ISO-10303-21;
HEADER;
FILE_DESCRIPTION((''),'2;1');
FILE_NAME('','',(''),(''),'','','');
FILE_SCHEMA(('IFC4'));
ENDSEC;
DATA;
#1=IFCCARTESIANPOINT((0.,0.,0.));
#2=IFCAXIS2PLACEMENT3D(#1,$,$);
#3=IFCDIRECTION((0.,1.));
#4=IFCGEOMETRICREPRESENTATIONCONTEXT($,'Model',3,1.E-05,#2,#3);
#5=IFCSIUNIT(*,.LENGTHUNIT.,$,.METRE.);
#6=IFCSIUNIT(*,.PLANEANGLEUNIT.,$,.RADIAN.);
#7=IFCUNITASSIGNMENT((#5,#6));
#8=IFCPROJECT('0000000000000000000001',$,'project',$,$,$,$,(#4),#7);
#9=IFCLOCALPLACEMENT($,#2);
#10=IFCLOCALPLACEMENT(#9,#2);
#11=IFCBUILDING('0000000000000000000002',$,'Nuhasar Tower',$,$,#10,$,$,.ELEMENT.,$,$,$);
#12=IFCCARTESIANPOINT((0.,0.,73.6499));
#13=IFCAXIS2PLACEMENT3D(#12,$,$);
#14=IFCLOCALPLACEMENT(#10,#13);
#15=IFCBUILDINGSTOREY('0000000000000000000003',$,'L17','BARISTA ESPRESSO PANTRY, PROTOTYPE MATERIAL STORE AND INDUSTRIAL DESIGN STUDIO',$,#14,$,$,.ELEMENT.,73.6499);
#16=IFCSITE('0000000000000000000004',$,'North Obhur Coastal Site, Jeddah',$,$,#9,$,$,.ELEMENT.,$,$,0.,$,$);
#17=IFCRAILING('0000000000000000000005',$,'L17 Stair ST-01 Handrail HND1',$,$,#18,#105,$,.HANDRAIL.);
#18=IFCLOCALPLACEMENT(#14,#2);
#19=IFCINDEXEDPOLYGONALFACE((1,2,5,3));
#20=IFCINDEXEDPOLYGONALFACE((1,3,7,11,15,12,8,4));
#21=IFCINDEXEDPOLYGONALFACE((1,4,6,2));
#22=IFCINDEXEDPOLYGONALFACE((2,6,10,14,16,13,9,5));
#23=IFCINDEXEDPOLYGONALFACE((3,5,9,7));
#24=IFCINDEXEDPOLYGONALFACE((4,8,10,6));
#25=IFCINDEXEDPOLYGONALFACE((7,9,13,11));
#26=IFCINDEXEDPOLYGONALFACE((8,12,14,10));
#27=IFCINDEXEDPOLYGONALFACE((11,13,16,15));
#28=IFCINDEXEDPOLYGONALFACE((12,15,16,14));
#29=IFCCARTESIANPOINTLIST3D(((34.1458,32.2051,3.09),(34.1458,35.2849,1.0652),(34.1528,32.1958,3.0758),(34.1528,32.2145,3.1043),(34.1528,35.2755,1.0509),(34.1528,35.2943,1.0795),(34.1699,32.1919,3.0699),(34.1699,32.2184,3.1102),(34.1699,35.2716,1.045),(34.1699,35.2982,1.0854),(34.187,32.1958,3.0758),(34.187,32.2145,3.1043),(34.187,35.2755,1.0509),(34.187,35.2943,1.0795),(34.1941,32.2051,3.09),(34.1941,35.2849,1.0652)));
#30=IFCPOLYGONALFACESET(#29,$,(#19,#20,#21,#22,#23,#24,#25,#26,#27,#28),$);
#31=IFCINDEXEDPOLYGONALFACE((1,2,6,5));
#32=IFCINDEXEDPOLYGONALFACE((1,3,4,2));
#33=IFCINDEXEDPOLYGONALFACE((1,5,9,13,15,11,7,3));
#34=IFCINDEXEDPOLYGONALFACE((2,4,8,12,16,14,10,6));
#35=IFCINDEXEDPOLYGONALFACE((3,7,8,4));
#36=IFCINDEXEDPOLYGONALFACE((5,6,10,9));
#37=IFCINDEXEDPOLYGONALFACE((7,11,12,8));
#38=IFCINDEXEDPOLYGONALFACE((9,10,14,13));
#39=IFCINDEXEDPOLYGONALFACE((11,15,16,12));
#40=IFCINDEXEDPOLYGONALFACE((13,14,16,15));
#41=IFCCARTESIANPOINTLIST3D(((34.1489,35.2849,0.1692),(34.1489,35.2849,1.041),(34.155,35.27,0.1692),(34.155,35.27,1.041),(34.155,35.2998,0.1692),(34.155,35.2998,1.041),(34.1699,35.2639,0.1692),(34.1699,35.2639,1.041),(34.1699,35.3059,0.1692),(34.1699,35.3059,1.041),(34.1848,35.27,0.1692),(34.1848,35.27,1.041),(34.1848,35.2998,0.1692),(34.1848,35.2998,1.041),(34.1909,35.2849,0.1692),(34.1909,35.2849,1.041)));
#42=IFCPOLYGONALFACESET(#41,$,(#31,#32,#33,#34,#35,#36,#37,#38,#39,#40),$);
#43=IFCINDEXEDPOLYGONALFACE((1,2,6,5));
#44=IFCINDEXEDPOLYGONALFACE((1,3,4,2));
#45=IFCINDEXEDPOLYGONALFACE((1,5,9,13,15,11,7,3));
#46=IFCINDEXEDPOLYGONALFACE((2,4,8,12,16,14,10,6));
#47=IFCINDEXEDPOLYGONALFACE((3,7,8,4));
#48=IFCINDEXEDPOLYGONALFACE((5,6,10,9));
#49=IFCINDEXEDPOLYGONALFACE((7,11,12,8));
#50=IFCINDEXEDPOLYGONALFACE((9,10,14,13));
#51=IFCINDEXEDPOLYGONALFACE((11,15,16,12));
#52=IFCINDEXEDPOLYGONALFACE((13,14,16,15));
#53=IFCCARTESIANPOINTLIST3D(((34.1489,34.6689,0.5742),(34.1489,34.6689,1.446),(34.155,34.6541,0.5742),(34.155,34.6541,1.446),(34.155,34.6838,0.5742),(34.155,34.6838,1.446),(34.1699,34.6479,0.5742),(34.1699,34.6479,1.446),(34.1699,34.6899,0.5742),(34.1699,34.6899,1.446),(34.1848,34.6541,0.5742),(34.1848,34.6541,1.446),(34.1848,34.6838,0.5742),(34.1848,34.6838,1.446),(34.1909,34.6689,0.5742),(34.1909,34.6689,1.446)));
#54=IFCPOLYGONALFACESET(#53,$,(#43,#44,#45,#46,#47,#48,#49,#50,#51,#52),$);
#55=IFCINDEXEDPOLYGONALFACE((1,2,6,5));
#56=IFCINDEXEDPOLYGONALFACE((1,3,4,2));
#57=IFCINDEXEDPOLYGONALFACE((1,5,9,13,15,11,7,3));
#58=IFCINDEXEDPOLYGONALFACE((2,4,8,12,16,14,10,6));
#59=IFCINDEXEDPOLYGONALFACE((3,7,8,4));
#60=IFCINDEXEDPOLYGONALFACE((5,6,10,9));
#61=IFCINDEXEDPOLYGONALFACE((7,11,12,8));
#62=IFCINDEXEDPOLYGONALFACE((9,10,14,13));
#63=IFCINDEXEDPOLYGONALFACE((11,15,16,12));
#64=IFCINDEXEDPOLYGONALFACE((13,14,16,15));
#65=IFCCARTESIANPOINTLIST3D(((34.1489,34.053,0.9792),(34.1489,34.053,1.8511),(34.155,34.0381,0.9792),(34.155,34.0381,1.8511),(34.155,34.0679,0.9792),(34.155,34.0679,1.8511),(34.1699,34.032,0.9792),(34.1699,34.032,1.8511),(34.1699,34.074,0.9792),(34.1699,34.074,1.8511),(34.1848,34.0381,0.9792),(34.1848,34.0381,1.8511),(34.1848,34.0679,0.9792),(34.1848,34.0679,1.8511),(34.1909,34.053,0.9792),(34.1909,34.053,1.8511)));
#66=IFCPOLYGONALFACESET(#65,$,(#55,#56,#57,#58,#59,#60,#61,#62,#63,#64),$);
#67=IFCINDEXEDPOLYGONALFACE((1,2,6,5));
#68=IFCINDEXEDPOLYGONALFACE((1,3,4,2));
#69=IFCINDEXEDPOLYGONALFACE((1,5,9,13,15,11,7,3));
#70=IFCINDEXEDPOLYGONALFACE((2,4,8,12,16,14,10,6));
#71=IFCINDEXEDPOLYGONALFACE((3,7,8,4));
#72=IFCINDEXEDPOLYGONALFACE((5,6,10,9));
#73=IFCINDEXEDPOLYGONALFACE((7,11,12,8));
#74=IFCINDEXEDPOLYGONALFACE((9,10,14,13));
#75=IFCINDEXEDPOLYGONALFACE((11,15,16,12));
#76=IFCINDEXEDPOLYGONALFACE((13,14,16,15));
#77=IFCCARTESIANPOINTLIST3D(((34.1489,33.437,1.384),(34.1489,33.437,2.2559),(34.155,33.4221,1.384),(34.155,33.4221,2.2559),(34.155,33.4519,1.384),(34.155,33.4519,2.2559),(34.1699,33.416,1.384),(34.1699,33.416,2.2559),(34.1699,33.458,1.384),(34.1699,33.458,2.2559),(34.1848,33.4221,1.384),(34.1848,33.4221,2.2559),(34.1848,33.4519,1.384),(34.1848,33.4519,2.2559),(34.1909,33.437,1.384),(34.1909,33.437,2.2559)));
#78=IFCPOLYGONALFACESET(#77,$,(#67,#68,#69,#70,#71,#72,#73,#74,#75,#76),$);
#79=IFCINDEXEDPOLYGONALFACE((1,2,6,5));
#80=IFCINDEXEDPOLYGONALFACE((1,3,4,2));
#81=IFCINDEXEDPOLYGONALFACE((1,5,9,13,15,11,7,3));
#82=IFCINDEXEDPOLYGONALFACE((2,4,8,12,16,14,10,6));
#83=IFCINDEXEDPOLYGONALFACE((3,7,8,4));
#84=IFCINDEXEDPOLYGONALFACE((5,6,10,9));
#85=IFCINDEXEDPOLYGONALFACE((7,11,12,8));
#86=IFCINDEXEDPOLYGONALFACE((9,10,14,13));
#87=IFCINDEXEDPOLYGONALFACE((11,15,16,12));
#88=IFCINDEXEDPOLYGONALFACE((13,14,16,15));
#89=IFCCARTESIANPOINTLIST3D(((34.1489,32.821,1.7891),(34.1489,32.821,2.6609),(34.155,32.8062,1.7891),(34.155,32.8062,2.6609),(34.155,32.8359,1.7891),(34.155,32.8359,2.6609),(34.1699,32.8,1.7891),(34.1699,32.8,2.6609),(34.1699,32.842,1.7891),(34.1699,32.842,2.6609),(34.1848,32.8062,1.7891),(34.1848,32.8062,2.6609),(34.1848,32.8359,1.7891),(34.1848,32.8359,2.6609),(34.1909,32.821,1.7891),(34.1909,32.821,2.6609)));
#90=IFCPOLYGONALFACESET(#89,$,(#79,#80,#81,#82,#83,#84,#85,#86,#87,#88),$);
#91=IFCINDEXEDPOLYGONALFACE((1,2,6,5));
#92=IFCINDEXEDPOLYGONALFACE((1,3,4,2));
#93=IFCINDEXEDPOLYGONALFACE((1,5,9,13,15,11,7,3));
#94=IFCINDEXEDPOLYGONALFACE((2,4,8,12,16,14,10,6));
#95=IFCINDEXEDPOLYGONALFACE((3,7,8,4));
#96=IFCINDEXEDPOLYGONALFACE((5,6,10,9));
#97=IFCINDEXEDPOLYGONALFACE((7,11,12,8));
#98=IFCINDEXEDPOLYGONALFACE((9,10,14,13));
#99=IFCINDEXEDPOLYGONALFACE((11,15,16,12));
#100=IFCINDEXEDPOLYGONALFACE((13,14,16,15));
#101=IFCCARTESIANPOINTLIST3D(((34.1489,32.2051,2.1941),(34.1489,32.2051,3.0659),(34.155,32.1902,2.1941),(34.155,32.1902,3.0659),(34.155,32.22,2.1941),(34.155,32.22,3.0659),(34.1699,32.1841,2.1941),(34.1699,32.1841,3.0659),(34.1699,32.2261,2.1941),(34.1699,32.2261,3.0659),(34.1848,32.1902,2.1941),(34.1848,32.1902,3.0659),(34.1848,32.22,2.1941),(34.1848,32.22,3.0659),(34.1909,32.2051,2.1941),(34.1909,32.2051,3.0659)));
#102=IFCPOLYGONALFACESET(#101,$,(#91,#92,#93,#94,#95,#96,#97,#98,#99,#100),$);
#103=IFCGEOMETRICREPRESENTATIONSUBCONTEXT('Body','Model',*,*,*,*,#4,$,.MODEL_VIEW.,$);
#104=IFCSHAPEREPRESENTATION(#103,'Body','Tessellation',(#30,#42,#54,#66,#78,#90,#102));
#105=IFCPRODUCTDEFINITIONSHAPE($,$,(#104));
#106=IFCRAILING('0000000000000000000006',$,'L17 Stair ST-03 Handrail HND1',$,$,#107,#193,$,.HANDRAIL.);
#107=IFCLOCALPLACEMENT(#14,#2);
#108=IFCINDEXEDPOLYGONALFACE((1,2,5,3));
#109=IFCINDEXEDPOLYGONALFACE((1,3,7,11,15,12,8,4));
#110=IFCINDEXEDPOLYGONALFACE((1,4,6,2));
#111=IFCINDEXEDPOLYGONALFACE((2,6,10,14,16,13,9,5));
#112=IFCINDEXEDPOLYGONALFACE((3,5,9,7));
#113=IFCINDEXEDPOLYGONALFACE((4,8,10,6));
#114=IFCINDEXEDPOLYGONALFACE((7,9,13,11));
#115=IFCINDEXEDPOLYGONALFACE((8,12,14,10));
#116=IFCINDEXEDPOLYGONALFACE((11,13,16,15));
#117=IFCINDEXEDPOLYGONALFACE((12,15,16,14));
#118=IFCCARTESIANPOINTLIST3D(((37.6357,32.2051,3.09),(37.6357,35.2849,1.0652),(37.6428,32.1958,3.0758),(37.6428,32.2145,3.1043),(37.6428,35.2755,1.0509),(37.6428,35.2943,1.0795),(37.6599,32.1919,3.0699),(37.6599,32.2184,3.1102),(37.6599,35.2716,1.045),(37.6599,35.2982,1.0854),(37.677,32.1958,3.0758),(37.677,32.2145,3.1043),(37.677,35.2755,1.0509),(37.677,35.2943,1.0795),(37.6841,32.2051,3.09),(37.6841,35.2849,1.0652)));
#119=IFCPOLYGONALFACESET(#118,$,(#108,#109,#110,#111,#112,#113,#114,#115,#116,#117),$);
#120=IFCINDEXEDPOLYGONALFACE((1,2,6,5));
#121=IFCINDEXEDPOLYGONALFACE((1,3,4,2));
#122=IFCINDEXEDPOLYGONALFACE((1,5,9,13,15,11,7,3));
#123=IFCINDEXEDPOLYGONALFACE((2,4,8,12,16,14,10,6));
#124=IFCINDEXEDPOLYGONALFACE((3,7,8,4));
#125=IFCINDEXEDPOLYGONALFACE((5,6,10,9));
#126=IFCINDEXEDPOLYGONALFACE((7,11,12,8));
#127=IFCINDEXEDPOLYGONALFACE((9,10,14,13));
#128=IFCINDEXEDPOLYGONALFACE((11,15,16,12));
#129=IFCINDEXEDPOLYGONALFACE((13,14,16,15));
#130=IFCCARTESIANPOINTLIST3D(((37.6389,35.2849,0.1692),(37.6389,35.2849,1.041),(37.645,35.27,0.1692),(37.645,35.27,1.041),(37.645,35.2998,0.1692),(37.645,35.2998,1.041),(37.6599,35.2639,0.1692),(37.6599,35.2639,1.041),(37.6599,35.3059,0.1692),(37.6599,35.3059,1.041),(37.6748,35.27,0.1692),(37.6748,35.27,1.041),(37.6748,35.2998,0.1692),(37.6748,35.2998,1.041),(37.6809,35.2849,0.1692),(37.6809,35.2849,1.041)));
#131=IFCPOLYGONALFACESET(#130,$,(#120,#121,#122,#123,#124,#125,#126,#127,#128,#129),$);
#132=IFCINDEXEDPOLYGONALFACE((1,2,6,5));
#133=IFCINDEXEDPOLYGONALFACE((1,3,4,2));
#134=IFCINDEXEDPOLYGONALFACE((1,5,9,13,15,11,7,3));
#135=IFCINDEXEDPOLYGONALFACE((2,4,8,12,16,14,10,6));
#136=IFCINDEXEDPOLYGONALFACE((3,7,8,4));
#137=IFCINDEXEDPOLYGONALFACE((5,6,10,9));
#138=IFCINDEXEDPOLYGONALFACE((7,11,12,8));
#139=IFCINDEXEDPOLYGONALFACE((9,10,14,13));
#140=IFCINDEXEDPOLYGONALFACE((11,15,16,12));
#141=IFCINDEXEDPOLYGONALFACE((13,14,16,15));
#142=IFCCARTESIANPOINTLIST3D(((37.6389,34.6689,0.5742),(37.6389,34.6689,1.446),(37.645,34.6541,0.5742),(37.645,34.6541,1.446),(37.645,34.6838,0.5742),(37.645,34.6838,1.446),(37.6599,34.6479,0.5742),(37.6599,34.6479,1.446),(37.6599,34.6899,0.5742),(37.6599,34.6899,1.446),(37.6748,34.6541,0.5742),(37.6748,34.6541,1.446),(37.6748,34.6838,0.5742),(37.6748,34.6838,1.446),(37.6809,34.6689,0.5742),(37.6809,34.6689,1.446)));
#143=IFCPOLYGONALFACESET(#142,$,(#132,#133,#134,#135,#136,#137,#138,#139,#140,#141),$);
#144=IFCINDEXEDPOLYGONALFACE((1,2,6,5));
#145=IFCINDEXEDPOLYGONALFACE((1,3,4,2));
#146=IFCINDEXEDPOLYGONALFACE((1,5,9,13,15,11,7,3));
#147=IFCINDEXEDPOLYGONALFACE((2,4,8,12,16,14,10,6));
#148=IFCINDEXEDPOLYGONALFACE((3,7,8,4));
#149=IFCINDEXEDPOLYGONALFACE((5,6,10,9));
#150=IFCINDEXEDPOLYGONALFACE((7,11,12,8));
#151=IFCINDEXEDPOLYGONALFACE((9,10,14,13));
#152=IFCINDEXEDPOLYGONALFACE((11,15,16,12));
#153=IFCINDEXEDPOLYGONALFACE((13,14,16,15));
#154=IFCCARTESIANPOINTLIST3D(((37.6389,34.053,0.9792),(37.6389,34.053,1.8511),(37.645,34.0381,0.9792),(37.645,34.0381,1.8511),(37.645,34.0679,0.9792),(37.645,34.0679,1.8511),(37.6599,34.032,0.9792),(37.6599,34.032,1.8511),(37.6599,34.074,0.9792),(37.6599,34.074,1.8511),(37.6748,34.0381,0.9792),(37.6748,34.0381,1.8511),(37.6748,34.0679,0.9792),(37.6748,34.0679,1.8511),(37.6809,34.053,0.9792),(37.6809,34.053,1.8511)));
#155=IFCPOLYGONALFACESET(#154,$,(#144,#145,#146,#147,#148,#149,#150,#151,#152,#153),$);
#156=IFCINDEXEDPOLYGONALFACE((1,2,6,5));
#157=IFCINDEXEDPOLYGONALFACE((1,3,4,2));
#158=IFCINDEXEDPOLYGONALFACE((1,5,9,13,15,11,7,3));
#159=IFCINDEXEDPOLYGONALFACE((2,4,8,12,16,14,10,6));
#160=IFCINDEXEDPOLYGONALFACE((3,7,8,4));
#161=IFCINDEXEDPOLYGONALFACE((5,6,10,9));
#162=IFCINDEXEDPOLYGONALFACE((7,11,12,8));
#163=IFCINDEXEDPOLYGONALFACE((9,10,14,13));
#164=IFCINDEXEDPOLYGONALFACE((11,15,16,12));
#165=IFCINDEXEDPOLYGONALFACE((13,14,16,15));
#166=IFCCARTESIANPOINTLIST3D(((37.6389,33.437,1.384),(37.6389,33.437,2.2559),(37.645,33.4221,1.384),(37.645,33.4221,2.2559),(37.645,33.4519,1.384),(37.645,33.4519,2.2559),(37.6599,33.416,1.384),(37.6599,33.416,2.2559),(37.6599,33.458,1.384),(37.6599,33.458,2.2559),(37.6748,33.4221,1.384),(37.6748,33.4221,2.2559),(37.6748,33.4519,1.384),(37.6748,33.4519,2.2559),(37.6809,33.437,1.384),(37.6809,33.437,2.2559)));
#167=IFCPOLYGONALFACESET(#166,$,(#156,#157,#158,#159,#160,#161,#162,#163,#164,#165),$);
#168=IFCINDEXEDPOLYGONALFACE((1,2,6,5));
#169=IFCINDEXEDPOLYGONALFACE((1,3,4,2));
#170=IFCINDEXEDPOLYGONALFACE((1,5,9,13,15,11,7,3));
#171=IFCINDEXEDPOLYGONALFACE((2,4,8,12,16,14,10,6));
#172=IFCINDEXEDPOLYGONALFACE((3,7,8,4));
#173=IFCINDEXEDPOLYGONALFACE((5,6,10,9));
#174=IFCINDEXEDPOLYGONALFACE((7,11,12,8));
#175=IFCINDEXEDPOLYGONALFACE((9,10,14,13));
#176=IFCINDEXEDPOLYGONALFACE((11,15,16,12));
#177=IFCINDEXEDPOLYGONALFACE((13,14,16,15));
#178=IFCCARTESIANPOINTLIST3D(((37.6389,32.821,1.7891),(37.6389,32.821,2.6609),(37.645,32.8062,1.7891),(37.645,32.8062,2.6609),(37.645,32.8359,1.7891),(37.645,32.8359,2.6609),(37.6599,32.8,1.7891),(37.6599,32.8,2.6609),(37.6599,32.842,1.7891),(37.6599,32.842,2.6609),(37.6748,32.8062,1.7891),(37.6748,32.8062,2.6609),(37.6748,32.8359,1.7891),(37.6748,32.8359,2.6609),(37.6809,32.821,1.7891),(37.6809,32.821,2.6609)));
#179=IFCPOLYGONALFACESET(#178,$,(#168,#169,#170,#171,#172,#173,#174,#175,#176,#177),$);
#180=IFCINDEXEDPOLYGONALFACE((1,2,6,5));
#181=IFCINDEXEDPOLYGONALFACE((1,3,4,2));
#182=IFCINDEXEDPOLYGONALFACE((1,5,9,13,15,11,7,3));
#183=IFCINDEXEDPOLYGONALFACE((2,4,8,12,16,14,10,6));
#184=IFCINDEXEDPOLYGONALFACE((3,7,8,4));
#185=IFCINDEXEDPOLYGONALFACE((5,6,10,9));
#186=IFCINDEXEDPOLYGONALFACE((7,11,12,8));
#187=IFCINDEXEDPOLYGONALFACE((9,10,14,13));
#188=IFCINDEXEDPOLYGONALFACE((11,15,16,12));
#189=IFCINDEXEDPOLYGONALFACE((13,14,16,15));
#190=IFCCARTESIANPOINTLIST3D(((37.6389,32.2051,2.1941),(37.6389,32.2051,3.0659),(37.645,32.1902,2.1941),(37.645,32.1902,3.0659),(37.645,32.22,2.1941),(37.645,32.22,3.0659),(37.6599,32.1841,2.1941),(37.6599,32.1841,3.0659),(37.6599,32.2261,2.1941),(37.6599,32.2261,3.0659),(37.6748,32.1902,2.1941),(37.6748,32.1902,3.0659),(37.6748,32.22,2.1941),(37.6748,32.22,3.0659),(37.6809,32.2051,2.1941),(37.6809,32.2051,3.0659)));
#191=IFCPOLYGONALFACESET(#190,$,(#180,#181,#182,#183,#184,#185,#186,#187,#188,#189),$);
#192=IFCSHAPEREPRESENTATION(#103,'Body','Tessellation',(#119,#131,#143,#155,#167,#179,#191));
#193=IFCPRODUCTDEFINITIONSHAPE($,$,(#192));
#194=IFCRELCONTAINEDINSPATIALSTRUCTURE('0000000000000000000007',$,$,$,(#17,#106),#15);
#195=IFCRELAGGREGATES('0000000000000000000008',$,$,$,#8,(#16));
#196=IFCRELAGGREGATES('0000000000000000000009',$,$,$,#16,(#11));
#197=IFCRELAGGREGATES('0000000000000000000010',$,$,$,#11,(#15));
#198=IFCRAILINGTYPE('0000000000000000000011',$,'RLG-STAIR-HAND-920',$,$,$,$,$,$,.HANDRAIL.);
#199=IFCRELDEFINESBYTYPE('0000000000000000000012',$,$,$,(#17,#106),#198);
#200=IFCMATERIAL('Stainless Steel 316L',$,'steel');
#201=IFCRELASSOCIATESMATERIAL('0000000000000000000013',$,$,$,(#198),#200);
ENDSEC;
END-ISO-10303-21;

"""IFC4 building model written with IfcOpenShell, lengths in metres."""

from ifc_helpers import new_model, si_unit, direction, frame, origin, place, context, subcontext, project, spatial, polyline, outline, extrude, material, type_object, element, save


model = new_model("IFC4")

# Units and contexts
model_context = context("Model", 3, precision=1e-05, world=origin(), true_north=direction((0.0, 1.0)))
body_context = subcontext(model_context, "Body", "Model", "MODEL_VIEW")
ifc_project = project(units=[si_unit("LENGTHUNIT", "METRE"), si_unit("PLANEANGLEUNIT", "RADIAN")], contexts=[model_context])

# Site, building, storey
site_placement = place(None, origin())
site = spatial("IfcSite", under=ifc_project, at=site_placement, Name="North Obhur Coastal Site, Jeddah", CompositionType="ELEMENT", RefElevation=0.0)
building_placement = place(site_placement, origin())
building = spatial("IfcBuilding", under=site, at=building_placement, Name="Nuhasar Tower", CompositionType="ELEMENT")
storey_placement = place(building_placement, frame((0.0, 0.0, 73.6499)))
storey = spatial("IfcBuildingStorey", under=building, at=storey_placement, Name="L17", Description="BARISTA ESPRESSO PANTRY, PROTOTYPE MATERIAL STORE AND INDUSTRIAL DESIGN STUDIO", CompositionType="ELEMENT", Elevation=73.6499)

# Railings
ifc_material_1 = material(Name="Stainless Steel 316L", Category="steel")
railing_type_1 = type_object("IfcRailingType", Name="RLG-STAIR-HAND-920", PredefinedType="HANDRAIL", material=ifc_material_1)
railing_1_placement = place(storey_placement, frame((34.1699, 35.2849, 0.1692)))
element("IfcRailing", 1, at=railing_1_placement, inside=storey, type_object=railing_type_1, Name="L17 Stair ST-01 Handrail HND1", PredefinedType="HANDRAIL", context=body_context, shape_type="SweptSolid", body=[
    extrude(outline(polyline([(0.0242, 0.0), (0.0171, 0.0171), (0.0, 0.0242), (-0.0171, 0.0171), (-0.0242, 0.0), (-0.0171, -0.0171), (0.0, -0.0242), (0.0171, -0.0171), (0.0242, 0.0)])), frame((0.0, 0.0, 0.896), z_axis=(0.0, -0.83558, 0.54937), x_axis=(1.0, 0.0, 0.0)), (0.0, 0.0, 1.0), 3.6858),
    extrude(outline(polyline([(0.021, 0.0), (0.0149, 0.0149), (0.0, 0.021), (-0.0149, 0.0149), (-0.021, 0.0), (-0.0149, -0.0149), (0.0, -0.021), (0.0149, -0.0149), (0.021, 0.0)])), origin(), (0.0, 0.0, 1.0), 0.8718),
    extrude(outline(polyline([(0.021, 0.0), (0.0149, 0.0149), (0.0, 0.021), (-0.0149, 0.0149), (-0.021, 0.0), (-0.0149, -0.0149), (0.0, -0.021), (0.0149, -0.0149), (0.021, 0.0)])), frame((0.0, -0.616, 0.405)), (0.0, 0.0, 1.0), 0.8718),
    extrude(outline(polyline([(0.021, 0.0), (0.0149, 0.0149), (0.0, 0.021), (-0.0149, 0.0149), (-0.021, 0.0), (-0.0149, -0.0149), (0.0, -0.021), (0.0149, -0.0149), (0.021, 0.0)])), frame((0.0, -1.2319, 0.8101)), (0.0, 0.0, 1.0), 0.8718),
    extrude(outline(polyline([(0.021, 0.0), (0.0149, 0.0149), (0.0, 0.021), (-0.0149, 0.0149), (-0.021, 0.0), (-0.0149, -0.0149), (0.0, -0.021), (0.0149, -0.0149), (0.021, 0.0)])), frame((0.0, -1.8479, 1.2148)), (0.0, 0.0, 1.0), 0.8718),
    extrude(outline(polyline([(0.021, 0.0), (0.0149, 0.0149), (0.0, 0.021), (-0.0149, 0.0149), (-0.021, 0.0), (-0.0149, -0.0149), (0.0, -0.021), (0.0149, -0.0149), (0.021, 0.0)])), frame((0.0, -2.4639, 1.6199)), (0.0, 0.0, 1.0), 0.8718),
    extrude(outline(polyline([(0.021, 0.0), (0.0149, 0.0149), (0.0, 0.021), (-0.0149, 0.0149), (-0.021, 0.0), (-0.0149, -0.0149), (0.0, -0.021), (0.0149, -0.0149), (0.021, 0.0)])), frame((0.0, -3.0798, 2.0249)), (0.0, 0.0, 1.0), 0.8718),
])
railing_2_placement = place(storey_placement, frame((37.6599, 35.2849, 0.1692)))
element("IfcRailing", 2, at=railing_2_placement, inside=storey, type_object=railing_type_1, Name="L17 Stair ST-03 Handrail HND1", PredefinedType="HANDRAIL", context=body_context, shape_type="SweptSolid", body=[
    extrude(outline(polyline([(0.0242, 0.0), (0.0171, 0.0171), (0.0, 0.0242), (-0.0171, 0.0171), (-0.0242, 0.0), (-0.0171, -0.0171), (0.0, -0.0242), (0.0171, -0.0171), (0.0242, 0.0)])), frame((0.0, 0.0, 0.896), z_axis=(0.0, -0.83558, 0.54937), x_axis=(1.0, 0.0, 0.0)), (0.0, 0.0, 1.0), 3.6858),
    extrude(outline(polyline([(0.021, 0.0), (0.0149, 0.0149), (0.0, 0.021), (-0.0149, 0.0149), (-0.021, 0.0), (-0.0149, -0.0149), (0.0, -0.021), (0.0149, -0.0149), (0.021, 0.0)])), origin(), (0.0, 0.0, 1.0), 0.8718),
    extrude(outline(polyline([(0.021, 0.0), (0.0149, 0.0149), (0.0, 0.021), (-0.0149, 0.0149), (-0.021, 0.0), (-0.0149, -0.0149), (0.0, -0.021), (0.0149, -0.0149), (0.021, 0.0)])), frame((0.0, -0.616, 0.405)), (0.0, 0.0, 1.0), 0.8718),
    extrude(outline(polyline([(0.021, 0.0), (0.0149, 0.0149), (0.0, 0.021), (-0.0149, 0.0149), (-0.021, 0.0), (-0.0149, -0.0149), (0.0, -0.021), (0.0149, -0.0149), (0.021, 0.0)])), frame((0.0, -1.2319, 0.8101)), (0.0, 0.0, 1.0), 0.8718),
    extrude(outline(polyline([(0.021, 0.0), (0.0149, 0.0149), (0.0, 0.021), (-0.0149, 0.0149), (-0.021, 0.0), (-0.0149, -0.0149), (0.0, -0.021), (0.0149, -0.0149), (0.021, 0.0)])), frame((0.0, -1.8479, 1.2148)), (0.0, 0.0, 1.0), 0.8718),
    extrude(outline(polyline([(0.021, 0.0), (0.0149, 0.0149), (0.0, 0.021), (-0.0149, 0.0149), (-0.021, 0.0), (-0.0149, -0.0149), (0.0, -0.021), (0.0149, -0.0149), (0.021, 0.0)])), frame((0.0, -2.4639, 1.6199)), (0.0, 0.0, 1.0), 0.8718),
    extrude(outline(polyline([(0.021, 0.0), (0.0149, 0.0149), (0.0, 0.021), (-0.0149, 0.0149), (-0.021, 0.0), (-0.0149, -0.0149), (0.0, -0.021), (0.0149, -0.0149), (0.021, 0.0)])), frame((0.0, -3.0798, 2.0249)), (0.0, 0.0, 1.0), 0.8718),
])

save(model, "model.ifc")
